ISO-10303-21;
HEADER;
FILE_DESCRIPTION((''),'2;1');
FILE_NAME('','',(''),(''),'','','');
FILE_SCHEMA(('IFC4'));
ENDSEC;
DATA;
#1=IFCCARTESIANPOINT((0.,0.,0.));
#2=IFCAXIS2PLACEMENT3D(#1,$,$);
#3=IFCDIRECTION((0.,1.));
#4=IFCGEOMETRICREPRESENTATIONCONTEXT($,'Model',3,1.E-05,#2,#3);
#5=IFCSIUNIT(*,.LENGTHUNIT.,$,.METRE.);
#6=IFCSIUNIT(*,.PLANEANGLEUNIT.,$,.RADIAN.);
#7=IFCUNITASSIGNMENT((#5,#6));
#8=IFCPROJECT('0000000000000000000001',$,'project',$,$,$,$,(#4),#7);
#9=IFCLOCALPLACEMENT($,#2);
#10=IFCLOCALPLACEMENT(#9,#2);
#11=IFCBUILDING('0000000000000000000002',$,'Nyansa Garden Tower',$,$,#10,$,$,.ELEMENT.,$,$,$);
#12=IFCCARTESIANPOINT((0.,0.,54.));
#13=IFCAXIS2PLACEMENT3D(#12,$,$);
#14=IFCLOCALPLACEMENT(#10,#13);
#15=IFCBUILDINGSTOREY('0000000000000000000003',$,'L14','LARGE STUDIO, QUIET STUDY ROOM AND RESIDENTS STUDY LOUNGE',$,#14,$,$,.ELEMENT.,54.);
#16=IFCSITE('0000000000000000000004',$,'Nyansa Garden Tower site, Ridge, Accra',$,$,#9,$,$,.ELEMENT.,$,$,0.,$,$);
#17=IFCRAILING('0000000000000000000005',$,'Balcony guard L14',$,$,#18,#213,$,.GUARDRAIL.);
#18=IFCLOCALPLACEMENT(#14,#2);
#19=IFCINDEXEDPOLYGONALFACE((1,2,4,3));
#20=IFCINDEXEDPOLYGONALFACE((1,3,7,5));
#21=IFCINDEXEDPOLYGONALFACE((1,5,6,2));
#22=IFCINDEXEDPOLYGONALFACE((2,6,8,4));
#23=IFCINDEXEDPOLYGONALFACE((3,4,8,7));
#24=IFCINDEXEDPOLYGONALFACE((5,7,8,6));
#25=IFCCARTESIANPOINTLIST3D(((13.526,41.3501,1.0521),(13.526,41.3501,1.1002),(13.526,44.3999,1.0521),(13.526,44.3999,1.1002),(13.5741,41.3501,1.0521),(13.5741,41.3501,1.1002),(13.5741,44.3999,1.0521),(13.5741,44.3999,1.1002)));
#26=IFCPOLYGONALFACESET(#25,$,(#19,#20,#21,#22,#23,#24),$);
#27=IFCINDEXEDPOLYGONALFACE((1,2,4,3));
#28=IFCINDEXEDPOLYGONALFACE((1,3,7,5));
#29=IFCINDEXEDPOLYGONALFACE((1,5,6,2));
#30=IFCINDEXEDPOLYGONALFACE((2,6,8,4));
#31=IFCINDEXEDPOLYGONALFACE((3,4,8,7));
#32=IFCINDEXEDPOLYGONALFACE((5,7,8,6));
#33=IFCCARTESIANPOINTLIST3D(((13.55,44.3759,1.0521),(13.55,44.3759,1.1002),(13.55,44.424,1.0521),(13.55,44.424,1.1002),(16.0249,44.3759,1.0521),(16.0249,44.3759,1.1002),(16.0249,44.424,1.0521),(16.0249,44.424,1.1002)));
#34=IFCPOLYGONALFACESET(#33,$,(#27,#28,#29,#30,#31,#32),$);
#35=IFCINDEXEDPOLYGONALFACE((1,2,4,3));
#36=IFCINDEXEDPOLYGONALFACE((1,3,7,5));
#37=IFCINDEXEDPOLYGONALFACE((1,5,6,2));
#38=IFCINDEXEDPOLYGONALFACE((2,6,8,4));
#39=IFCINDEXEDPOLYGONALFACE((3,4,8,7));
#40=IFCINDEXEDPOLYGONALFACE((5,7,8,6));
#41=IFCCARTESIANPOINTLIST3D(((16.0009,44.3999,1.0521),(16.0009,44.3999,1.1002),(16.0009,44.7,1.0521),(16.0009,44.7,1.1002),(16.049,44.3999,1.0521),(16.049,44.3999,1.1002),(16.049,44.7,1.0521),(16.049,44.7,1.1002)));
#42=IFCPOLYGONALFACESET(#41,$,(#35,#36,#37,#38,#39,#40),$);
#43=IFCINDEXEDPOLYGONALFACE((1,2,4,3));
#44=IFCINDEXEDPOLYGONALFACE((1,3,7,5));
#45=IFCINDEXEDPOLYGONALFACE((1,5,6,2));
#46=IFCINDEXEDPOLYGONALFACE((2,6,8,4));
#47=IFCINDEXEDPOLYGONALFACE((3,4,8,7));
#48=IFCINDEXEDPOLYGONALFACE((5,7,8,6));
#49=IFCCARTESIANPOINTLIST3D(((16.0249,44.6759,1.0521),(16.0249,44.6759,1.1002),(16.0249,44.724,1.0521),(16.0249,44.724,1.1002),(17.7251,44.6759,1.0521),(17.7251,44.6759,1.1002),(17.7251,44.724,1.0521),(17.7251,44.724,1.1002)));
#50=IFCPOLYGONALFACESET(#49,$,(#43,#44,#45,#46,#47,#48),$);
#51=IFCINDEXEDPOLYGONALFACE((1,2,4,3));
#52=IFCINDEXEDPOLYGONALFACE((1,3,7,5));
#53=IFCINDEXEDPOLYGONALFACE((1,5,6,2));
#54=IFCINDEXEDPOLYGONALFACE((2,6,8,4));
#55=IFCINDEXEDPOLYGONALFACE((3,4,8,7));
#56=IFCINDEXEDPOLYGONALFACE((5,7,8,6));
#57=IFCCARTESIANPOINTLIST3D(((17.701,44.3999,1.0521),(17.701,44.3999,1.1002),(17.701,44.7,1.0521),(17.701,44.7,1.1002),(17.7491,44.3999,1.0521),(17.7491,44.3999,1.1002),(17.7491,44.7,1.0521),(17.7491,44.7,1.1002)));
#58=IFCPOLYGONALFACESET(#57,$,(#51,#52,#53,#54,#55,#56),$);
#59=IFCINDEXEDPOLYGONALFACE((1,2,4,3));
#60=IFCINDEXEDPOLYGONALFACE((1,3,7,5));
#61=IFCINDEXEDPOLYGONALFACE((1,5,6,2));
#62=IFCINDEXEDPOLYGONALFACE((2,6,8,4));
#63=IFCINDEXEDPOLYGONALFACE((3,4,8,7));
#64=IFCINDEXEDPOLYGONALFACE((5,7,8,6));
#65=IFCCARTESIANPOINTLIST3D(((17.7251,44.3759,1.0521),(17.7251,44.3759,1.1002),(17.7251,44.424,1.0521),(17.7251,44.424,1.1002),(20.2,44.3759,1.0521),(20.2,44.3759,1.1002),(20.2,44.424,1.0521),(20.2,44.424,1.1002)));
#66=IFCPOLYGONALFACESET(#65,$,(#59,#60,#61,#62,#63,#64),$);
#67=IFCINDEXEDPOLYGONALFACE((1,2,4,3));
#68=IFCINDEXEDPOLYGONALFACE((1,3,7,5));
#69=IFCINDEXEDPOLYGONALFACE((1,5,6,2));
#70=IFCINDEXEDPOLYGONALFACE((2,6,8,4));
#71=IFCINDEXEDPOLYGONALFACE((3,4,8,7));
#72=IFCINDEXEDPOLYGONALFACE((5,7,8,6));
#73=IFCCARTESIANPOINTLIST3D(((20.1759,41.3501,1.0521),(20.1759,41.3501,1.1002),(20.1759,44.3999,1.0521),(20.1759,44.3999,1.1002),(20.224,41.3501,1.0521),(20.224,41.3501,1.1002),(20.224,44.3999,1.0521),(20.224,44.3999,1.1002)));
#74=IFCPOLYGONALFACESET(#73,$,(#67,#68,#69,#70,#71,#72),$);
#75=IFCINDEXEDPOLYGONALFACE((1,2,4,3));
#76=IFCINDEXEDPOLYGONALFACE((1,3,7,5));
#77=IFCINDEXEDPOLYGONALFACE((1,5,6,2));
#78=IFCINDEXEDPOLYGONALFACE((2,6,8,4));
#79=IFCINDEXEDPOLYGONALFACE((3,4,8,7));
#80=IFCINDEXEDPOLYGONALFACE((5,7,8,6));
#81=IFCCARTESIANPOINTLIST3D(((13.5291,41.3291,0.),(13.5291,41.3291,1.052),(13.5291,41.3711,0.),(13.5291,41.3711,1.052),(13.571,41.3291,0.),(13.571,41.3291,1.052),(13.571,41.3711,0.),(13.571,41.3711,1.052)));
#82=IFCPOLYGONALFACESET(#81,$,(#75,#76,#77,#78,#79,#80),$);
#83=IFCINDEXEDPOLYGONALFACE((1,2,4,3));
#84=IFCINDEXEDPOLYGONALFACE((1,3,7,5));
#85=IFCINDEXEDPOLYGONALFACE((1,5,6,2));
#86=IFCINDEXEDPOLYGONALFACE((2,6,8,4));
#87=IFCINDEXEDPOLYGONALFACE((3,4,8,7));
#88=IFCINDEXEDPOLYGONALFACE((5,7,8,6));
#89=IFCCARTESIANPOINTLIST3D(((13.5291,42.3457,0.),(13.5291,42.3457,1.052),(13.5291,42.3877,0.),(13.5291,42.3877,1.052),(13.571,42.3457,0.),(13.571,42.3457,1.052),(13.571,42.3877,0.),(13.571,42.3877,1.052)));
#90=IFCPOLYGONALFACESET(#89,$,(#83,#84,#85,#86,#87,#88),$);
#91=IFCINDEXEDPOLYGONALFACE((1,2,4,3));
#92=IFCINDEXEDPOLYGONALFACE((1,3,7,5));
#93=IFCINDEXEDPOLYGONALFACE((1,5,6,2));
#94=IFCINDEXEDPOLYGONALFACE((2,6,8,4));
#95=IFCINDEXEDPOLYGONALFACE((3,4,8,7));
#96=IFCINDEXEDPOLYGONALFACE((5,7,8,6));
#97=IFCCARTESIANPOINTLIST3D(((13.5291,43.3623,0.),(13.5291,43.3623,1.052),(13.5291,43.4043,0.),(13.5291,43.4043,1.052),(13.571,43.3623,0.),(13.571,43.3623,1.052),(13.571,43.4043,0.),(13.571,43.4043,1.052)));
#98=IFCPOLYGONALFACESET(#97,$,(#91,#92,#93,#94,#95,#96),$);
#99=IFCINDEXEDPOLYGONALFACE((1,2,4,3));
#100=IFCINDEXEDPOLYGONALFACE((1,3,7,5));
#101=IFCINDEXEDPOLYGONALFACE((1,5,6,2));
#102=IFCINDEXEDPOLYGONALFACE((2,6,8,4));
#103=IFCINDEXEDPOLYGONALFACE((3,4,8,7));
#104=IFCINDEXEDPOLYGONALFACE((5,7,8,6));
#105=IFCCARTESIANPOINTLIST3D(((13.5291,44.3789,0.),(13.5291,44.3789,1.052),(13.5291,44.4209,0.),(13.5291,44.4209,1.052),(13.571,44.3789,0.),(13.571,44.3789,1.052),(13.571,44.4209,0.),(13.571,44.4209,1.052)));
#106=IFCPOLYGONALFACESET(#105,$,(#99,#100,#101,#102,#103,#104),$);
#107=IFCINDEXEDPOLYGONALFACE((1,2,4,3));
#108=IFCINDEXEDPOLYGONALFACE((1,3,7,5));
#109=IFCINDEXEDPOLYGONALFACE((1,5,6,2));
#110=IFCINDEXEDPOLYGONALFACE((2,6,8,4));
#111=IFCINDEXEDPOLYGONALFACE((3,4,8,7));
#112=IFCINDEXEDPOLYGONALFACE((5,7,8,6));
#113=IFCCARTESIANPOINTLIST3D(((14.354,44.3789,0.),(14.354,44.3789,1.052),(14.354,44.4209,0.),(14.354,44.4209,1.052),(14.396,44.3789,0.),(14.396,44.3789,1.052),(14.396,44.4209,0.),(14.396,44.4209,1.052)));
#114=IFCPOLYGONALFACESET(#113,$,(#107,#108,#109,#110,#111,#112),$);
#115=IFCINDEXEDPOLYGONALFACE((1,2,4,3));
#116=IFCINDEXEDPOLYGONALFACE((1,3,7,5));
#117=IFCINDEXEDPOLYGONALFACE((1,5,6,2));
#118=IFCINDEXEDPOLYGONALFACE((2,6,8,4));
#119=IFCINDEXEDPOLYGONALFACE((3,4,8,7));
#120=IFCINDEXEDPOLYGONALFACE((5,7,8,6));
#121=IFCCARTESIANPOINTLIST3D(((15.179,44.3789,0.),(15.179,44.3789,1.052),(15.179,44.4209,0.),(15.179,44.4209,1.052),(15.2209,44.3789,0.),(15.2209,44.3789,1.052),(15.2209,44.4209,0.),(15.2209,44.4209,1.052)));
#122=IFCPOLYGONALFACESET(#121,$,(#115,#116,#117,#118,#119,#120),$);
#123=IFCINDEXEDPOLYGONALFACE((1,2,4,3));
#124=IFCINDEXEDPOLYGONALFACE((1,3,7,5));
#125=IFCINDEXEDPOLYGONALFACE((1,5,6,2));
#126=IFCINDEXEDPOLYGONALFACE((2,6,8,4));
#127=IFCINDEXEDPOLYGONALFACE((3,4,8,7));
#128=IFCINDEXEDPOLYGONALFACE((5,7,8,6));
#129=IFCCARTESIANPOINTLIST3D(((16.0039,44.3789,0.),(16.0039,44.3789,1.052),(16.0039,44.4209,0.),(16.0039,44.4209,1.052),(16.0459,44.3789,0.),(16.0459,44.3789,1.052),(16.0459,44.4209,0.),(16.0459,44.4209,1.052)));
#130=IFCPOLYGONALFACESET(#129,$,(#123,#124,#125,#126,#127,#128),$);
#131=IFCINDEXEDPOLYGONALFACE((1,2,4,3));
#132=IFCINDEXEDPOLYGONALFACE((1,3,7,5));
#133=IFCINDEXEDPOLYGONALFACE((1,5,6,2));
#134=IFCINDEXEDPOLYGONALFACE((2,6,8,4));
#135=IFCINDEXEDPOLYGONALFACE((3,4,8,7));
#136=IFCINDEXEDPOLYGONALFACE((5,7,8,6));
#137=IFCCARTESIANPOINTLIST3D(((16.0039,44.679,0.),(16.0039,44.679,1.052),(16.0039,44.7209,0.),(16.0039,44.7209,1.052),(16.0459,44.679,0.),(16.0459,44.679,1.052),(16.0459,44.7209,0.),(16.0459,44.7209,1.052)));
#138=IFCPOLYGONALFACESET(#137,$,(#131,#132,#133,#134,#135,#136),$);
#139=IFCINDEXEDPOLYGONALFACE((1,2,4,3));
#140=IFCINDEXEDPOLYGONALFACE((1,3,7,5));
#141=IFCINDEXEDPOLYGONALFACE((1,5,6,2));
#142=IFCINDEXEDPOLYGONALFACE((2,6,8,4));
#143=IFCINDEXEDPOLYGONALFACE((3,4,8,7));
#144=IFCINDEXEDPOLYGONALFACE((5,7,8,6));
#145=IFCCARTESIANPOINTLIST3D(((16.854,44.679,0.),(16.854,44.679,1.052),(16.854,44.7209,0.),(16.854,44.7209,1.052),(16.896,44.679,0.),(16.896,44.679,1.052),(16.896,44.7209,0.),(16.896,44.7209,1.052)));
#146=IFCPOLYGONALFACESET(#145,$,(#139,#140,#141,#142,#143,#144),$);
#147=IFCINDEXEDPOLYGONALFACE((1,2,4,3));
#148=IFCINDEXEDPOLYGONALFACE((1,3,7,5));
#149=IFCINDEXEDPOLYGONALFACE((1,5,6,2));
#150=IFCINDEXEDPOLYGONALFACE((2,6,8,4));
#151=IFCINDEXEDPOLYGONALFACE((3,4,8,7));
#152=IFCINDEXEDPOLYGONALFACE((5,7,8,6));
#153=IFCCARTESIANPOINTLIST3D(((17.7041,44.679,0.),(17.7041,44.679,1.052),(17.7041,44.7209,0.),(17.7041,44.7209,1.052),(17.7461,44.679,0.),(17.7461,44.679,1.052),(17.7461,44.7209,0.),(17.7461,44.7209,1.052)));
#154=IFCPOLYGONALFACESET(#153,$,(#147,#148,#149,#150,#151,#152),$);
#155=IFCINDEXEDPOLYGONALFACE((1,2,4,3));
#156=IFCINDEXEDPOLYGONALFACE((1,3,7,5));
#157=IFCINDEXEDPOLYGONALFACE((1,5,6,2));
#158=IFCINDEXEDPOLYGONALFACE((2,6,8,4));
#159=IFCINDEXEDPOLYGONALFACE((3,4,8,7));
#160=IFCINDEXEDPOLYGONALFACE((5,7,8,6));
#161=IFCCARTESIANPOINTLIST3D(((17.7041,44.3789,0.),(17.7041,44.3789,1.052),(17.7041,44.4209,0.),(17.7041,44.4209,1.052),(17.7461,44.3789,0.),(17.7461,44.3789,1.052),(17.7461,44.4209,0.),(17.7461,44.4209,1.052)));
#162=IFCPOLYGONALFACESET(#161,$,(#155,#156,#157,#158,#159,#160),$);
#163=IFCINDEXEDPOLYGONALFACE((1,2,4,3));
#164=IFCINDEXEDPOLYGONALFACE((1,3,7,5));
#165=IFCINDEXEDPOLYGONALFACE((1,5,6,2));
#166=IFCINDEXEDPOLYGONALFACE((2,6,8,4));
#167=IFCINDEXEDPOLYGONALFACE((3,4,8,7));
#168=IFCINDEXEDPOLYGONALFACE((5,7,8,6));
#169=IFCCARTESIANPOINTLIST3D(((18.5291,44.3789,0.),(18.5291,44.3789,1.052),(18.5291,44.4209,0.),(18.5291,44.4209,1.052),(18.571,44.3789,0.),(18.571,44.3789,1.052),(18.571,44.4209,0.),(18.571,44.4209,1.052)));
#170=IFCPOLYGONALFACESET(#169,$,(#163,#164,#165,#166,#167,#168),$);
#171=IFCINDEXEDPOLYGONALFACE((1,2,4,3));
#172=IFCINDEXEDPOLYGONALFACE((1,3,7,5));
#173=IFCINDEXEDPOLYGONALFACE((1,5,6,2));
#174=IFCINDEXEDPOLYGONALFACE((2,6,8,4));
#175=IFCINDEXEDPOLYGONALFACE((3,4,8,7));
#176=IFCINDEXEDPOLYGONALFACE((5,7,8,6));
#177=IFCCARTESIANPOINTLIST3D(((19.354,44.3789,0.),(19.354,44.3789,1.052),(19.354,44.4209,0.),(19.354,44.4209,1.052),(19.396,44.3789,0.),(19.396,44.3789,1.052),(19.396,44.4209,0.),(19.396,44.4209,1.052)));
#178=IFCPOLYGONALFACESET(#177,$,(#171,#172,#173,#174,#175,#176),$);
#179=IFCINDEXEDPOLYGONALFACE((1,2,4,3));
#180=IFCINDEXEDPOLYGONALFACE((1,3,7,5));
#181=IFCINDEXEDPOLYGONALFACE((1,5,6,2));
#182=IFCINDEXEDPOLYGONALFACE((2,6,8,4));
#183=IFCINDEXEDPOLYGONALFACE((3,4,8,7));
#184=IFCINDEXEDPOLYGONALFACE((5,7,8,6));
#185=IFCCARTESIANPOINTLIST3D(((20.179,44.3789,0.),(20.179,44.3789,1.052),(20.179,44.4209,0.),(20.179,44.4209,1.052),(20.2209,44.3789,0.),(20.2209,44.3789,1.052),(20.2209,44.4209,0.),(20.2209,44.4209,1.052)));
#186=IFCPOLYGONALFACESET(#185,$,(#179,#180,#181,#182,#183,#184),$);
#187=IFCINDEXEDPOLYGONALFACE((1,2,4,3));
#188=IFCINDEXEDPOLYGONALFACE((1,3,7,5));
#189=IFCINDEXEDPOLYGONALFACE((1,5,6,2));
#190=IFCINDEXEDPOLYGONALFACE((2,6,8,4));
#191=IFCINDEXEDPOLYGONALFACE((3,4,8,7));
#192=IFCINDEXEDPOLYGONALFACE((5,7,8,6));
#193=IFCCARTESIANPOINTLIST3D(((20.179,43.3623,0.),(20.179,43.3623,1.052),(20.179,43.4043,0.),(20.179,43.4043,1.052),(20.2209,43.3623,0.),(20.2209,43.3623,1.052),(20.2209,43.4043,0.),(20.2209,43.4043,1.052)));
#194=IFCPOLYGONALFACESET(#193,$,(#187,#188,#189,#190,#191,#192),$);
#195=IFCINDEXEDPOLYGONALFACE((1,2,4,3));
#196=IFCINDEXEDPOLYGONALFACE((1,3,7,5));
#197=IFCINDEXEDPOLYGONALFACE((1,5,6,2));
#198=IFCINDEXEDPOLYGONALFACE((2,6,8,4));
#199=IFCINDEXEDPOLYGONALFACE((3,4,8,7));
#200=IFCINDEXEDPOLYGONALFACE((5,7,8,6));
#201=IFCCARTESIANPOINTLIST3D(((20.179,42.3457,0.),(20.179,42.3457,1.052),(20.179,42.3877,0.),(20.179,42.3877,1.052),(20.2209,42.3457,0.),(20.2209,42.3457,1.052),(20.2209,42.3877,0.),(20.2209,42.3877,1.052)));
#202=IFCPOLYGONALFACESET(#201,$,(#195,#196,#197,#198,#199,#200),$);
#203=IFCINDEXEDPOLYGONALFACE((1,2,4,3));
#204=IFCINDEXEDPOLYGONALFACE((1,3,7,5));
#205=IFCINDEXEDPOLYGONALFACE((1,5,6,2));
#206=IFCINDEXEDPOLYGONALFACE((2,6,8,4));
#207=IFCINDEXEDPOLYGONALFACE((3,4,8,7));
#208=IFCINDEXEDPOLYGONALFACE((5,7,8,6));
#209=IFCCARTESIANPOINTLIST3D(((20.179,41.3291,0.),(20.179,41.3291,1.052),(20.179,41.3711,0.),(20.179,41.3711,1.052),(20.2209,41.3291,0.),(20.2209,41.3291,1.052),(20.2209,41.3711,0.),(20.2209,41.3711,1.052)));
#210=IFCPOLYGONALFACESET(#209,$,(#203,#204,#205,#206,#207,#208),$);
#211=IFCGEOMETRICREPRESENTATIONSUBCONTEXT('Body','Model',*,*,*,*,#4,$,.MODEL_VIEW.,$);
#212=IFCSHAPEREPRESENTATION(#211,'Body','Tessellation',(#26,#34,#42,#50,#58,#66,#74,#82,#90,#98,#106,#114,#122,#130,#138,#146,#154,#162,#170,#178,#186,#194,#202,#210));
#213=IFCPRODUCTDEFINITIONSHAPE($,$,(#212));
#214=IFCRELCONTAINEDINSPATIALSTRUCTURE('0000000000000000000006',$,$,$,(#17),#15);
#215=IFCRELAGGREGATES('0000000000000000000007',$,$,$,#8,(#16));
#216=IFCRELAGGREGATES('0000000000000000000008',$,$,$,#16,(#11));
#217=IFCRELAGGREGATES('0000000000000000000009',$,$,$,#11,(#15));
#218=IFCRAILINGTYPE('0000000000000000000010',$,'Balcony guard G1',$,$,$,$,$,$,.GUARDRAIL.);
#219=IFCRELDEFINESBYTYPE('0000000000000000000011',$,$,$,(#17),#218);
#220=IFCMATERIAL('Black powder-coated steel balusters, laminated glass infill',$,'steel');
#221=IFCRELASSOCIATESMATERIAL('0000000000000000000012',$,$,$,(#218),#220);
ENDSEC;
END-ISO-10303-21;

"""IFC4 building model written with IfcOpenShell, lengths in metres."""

from ifc_helpers import new_model, si_unit, direction, frame, origin, origin_2d, place, context, subcontext, project, spatial, rectangle, extrude, material, type_object, element, save


model = new_model("IFC4")

# Units and contexts
model_context = context("Model", 3, precision=1e-05, world=origin(), true_north=direction((0.0, 1.0)))
body_context = subcontext(model_context, "Body", "Model", "MODEL_VIEW")
ifc_project = project(units=[si_unit("LENGTHUNIT", "METRE"), si_unit("PLANEANGLEUNIT", "RADIAN")], contexts=[model_context])

# Site, building, storey
site_placement = place(None, origin())
site = spatial("IfcSite", under=ifc_project, at=site_placement, Name="Nyansa Garden Tower site, Ridge, Accra", CompositionType="ELEMENT", RefElevation=0.0)
building_placement = place(site_placement, origin())
building = spatial("IfcBuilding", under=site, at=building_placement, Name="Nyansa Garden Tower", CompositionType="ELEMENT")
storey_placement = place(building_placement, frame((0.0, 0.0, 54.0)))
storey = spatial("IfcBuildingStorey", under=building, at=storey_placement, Name="L14", Description="LARGE STUDIO, QUIET STUDY ROOM AND RESIDENTS STUDY LOUNGE", CompositionType="ELEMENT", Elevation=54.0)

# Railing
ifc_material_1 = material(Name="Black powder-coated steel balusters, laminated glass infill", Category="steel")
railing_type = type_object("IfcRailingType", Name="Balcony guard G1", PredefinedType="GUARDRAIL", material=ifc_material_1)
railing_placement = place(storey_placement, frame((13.55, 41.3501, 0.0)))
element("IfcRailing", 1, at=railing_placement, inside=storey, type_object=railing_type, Name="Balcony guard L14", PredefinedType="GUARDRAIL", context=body_context, shape_type="SweptSolid", body=[
    extrude(rectangle(XDim=0.0481, YDim=0.0481, at=origin_2d()), frame((0.0, 0.0, 1.0762), z_axis=(0.0, 1.0, 0.0), x_axis=(-1.0, 0.0, 0.0)), (0.0, 0.0, 1.0), 3.0498),
    extrude(rectangle(XDim=0.0481, YDim=0.0481, at=origin_2d()), frame((0.0, 3.0498, 1.0762), z_axis=(1.0, 0.0, 0.0), x_axis=(0.0, 1.0, 0.0)), (0.0, 0.0, 1.0), 2.4749),
    extrude(rectangle(XDim=0.0481, YDim=0.0481, at=origin_2d()), frame((2.4749, 3.0498, 1.0762), z_axis=(0.0, 1.0, 0.0), x_axis=(-1.0, 0.0, 0.0)), (0.0, 0.0, 1.0), 0.3),
    extrude(rectangle(XDim=0.0481, YDim=0.0481, at=origin_2d()), frame((2.4749, 3.3499, 1.0762), z_axis=(1.0, 0.0, 0.0), x_axis=(0.0, 1.0, 0.0)), (0.0, 0.0, 1.0), 1.7002),
    extrude(rectangle(XDim=0.0481, YDim=0.0481, at=origin_2d()), frame((4.175, 3.3499, 1.0762), z_axis=(0.0, -1.0, 0.0), x_axis=(1.0, 0.0, 0.0)), (0.0, 0.0, 1.0), 0.3),
    extrude(rectangle(XDim=0.0481, YDim=0.0481, at=origin_2d()), frame((4.175, 3.0498, 1.0762), z_axis=(1.0, 0.0, 0.0), x_axis=(0.0, 1.0, 0.0)), (0.0, 0.0, 1.0), 2.4749),
    extrude(rectangle(XDim=0.0481, YDim=0.0481, at=origin_2d()), frame((6.6499, 3.0498, 1.0762), z_axis=(0.0, -1.0, 0.0), x_axis=(1.0, 0.0, 0.0)), (0.0, 0.0, 1.0), 3.0498),
    extrude(rectangle(XDim=0.042, YDim=0.042, at=origin_2d()), origin(), (0.0, 0.0, 1.0), 1.052),
    extrude(rectangle(XDim=0.042, YDim=0.042, at=origin_2d()), frame((0.0, 1.0166, 0.0)), (0.0, 0.0, 1.0), 1.052),
    extrude(rectangle(XDim=0.042, YDim=0.042, at=origin_2d()), frame((0.0, 2.0332, 0.0)), (0.0, 0.0, 1.0), 1.052),
    extrude(rectangle(XDim=0.042, YDim=0.042, at=origin_2d()), frame((0.0, 3.0498, 0.0)), (0.0, 0.0, 1.0), 1.052),
    extrude(rectangle(XDim=0.042, YDim=0.042, at=origin_2d()), frame((0.825, 3.0498, 0.0)), (0.0, 0.0, 1.0), 1.052),
    extrude(rectangle(XDim=0.042, YDim=0.042, at=origin_2d()), frame((1.6499, 3.0498, 0.0)), (0.0, 0.0, 1.0), 1.052),
    extrude(rectangle(XDim=0.042, YDim=0.042, at=origin_2d()), frame((2.4749, 3.0498, 0.0)), (0.0, 0.0, 1.0), 1.052),
    extrude(rectangle(XDim=0.042, YDim=0.042, at=origin_2d()), frame((2.4749, 3.3499, 0.0)), (0.0, 0.0, 1.0), 1.052),
    extrude(rectangle(XDim=0.042, YDim=0.042, at=origin_2d()), frame((3.325, 3.3499, 0.0)), (0.0, 0.0, 1.0), 1.052),
    extrude(rectangle(XDim=0.042, YDim=0.042, at=origin_2d()), frame((4.175, 3.3499, 0.0)), (0.0, 0.0, 1.0), 1.052),
    extrude(rectangle(XDim=0.042, YDim=0.042, at=origin_2d()), frame((4.175, 3.0498, 0.0)), (0.0, 0.0, 1.0), 1.052),
    extrude(rectangle(XDim=0.042, YDim=0.042, at=origin_2d()), frame((5.0, 3.0498, 0.0)), (0.0, 0.0, 1.0), 1.052),
    extrude(rectangle(XDim=0.042, YDim=0.042, at=origin_2d()), frame((5.825, 3.0498, 0.0)), (0.0, 0.0, 1.0), 1.052),
    extrude(rectangle(XDim=0.042, YDim=0.042, at=origin_2d()), frame((6.6499, 3.0498, 0.0)), (0.0, 0.0, 1.0), 1.052),
    extrude(rectangle(XDim=0.042, YDim=0.042, at=origin_2d()), frame((6.6499, 2.0332, 0.0)), (0.0, 0.0, 1.0), 1.052),
    extrude(rectangle(XDim=0.042, YDim=0.042, at=origin_2d()), frame((6.6499, 1.0166, 0.0)), (0.0, 0.0, 1.0), 1.052),
    extrude(rectangle(XDim=0.042, YDim=0.042, at=origin_2d()), frame((6.6499, 0.0, 0.0)), (0.0, 0.0, 1.0), 1.052),
])

save(model, "model.ifc")
